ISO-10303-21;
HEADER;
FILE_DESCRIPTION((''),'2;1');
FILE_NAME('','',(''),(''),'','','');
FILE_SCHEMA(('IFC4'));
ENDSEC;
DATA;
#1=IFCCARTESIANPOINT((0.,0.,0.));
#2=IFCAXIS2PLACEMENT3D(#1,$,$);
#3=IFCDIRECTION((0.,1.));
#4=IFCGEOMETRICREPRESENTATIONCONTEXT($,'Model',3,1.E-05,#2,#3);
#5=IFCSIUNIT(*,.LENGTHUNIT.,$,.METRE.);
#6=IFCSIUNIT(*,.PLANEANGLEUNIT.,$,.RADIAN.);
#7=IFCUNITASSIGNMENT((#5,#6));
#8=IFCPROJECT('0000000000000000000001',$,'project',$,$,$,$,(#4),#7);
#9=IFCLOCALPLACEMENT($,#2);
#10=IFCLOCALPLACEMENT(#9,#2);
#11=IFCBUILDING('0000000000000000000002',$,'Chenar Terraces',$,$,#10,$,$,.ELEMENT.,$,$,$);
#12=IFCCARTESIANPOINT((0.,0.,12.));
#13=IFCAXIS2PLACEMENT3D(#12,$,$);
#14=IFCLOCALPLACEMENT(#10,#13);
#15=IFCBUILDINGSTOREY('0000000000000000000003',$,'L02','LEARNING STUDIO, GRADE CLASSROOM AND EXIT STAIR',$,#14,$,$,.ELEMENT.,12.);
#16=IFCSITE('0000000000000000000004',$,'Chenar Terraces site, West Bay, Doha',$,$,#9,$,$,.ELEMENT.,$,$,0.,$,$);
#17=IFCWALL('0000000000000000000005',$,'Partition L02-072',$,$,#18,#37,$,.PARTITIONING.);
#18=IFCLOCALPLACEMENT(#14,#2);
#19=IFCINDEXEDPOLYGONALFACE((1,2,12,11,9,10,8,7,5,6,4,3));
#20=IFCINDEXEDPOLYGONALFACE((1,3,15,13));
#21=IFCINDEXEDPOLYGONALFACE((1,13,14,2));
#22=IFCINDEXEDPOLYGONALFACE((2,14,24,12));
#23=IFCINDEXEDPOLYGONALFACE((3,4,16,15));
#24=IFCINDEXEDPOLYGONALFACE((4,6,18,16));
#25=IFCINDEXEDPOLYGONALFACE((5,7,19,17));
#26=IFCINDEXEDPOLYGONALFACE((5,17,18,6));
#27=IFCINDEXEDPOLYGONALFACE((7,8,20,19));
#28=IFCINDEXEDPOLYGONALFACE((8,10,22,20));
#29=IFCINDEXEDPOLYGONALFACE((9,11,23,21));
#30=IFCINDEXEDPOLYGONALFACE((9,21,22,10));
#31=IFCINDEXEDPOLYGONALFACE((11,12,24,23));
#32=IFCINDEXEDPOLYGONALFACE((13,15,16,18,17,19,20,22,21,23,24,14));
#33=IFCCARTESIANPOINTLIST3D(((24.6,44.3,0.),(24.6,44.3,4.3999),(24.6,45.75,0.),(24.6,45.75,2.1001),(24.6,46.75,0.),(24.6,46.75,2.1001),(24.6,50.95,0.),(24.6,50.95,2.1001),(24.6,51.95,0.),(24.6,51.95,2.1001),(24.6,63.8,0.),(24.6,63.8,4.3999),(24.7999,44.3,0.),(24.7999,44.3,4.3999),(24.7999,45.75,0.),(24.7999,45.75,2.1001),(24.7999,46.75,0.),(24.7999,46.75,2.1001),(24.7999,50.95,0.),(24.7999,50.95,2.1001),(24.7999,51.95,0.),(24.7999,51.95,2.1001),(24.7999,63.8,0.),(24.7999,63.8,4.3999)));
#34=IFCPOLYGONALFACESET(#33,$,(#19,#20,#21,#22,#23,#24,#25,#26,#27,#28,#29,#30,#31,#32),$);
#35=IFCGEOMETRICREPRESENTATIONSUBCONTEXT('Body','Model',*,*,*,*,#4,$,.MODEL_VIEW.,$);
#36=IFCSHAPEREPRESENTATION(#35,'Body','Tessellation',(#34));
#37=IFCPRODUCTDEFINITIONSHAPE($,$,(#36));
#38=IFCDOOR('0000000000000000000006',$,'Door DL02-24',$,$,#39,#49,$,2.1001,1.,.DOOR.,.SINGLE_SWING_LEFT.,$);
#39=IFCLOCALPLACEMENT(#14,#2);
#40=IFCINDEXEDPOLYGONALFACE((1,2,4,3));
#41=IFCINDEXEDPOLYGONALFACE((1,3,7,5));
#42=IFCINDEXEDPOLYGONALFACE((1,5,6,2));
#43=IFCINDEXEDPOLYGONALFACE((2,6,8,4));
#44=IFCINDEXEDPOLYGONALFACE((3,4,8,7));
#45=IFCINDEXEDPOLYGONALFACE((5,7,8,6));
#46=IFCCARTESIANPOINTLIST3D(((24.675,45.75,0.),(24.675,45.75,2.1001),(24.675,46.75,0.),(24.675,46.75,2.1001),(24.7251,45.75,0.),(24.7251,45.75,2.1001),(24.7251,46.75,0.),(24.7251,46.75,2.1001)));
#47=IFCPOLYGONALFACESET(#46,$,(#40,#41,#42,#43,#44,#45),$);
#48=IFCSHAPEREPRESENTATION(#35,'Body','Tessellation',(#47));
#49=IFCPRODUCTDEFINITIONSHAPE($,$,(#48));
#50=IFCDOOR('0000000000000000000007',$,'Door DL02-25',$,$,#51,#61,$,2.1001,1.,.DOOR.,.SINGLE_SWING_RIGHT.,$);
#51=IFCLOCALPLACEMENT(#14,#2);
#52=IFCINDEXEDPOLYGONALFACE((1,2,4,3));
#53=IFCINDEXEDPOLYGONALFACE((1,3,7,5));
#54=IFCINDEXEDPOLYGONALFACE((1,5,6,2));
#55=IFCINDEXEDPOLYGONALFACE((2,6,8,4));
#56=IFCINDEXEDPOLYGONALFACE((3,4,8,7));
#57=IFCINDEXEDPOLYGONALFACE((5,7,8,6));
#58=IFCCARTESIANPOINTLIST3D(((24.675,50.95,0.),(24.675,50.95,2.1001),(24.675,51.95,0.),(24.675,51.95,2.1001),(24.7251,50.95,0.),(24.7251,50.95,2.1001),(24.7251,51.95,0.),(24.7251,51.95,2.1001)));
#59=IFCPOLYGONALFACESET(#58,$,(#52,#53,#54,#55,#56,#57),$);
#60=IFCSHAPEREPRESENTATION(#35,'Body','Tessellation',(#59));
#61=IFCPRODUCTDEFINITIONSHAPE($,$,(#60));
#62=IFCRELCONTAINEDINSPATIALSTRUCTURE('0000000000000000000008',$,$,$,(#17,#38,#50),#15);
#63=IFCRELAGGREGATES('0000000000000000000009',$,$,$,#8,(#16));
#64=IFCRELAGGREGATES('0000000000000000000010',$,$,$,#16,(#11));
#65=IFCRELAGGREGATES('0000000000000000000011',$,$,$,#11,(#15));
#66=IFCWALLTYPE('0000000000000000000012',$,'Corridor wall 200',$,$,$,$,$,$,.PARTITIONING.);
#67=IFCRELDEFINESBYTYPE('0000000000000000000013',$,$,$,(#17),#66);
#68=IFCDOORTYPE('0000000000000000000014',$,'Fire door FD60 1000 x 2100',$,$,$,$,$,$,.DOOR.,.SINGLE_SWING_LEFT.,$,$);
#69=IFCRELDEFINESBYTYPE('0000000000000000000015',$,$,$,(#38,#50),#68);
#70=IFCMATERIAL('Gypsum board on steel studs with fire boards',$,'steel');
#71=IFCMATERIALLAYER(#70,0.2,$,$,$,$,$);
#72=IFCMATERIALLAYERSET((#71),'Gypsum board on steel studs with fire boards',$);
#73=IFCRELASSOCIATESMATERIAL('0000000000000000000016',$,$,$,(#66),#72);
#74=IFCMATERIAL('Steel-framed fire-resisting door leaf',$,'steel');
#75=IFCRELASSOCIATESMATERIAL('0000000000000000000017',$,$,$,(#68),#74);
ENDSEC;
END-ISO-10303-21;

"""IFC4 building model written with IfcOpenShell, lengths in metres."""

from ifc_helpers import new_model, si_unit, direction, frame, frame_2d, origin, place, context, subcontext, project, spatial, rectangle, extrude, material, layer, layer_set, type_object, element, fill, save


model = new_model("IFC4")

# Units and contexts
model_context = context("Model", 3, precision=1e-05, world=origin(), true_north=direction((0.0, 1.0)))
body_context = subcontext(model_context, "Body", "Model", "MODEL_VIEW")
ifc_project = project(units=[si_unit("LENGTHUNIT", "METRE"), si_unit("PLANEANGLEUNIT", "RADIAN")], contexts=[model_context])

# Site, building, storey
site_placement = place(None, origin())
site = spatial("IfcSite", under=ifc_project, at=site_placement, Name="Chenar Terraces site, West Bay, Doha", CompositionType="ELEMENT", RefElevation=0.0)
building_placement = place(site_placement, origin())
building = spatial("IfcBuilding", under=site, at=building_placement, Name="Chenar Terraces", CompositionType="ELEMENT")
storey_placement = place(building_placement, frame((0.0, 0.0, 12.0)))
storey = spatial("IfcBuildingStorey", under=building, at=storey_placement, Name="L02", Description="LEARNING STUDIO, GRADE CLASSROOM AND EXIT STAIR", CompositionType="ELEMENT", Elevation=12.0)

# Wall, openings, doors
ifc_material_1 = material(Name="Gypsum board on steel studs with fire boards", Category="steel")
ifc_layer_1 = layer(ifc_material_1, 0.2)
ifc_layer_set_1 = layer_set([ifc_layer_1], Name="Gypsum board on steel studs with fire boards")
wall_type_1 = type_object("IfcWallType", Name="Corridor wall 200", PredefinedType="PARTITIONING", material=ifc_layer_set_1)
wall_1_placement = place(storey_placement, frame((24.7, 44.3, 0.0), z_axis=(0.0, 0.0, 1.0), x_axis=(0.0, 1.0, 0.0)))
wall_1 = element("IfcWall", 1, at=wall_1_placement, inside=storey, type_object=wall_type_1, Name="Partition L02-072", PredefinedType="PARTITIONING", context=body_context, shape_type="SweptSolid", body=[
    extrude(rectangle(XDim=19.5, YDim=0.2, at=frame_2d((9.75, 0.0))), origin(), (0.0, 0.0, 1.0), 4.3999),
])
opening_1_placement = place(wall_1_placement, frame((1.45, 0.0, 0.0)))
opening_1 = element("IfcOpeningElement", 2, at=opening_1_placement, cuts=wall_1, PredefinedType="OPENING", context=body_context, shape_type="SweptSolid", body=[
    extrude(rectangle(XDim=1.0, YDim=2.1001, at=frame_2d((0.5, 1.05))), frame((0.0, 0.1099, 0.0), z_axis=(0.0, -1.0, 0.0), x_axis=(1.0, 0.0, 0.0)), (0.0, 0.0, 1.0), 0.22),
])
opening_2_placement = place(wall_1_placement, frame((6.6499, 0.0, 0.0)))
opening_2 = element("IfcOpeningElement", 3, at=opening_2_placement, cuts=wall_1, PredefinedType="OPENING", context=body_context, shape_type="SweptSolid", body=[
    extrude(rectangle(XDim=1.0, YDim=2.1001, at=frame_2d((0.5, 1.05))), frame((0.0, 0.1099, 0.0), z_axis=(0.0, -1.0, 0.0), x_axis=(1.0, 0.0, 0.0)), (0.0, 0.0, 1.0), 0.22),
])
ifc_material_2 = material(Name="Steel-framed fire-resisting door leaf", Category="steel")
door_type_1 = type_object("IfcDoorType", Name="Fire door FD60 1000 x 2100", OperationType="SINGLE_SWING_LEFT", PredefinedType="DOOR", material=ifc_material_2)
door_1_placement = place(opening_1_placement, origin())
door_1 = element("IfcDoor", 4, at=door_1_placement, inside=storey, type_object=door_type_1, Name="Door DL02-24", OperationType="SINGLE_SWING_LEFT", OverallHeight=2.1001, OverallWidth=1.0, PredefinedType="DOOR", context=body_context, shape_type="SweptSolid", body=[
    extrude(rectangle(XDim=1.0, YDim=2.1001, at=frame_2d((0.5, 1.05))), frame((0.0, 0.0249, 0.0), z_axis=(0.0, -1.0, 0.0), x_axis=(1.0, 0.0, 0.0)), (0.0, 0.0, 1.0), 0.05),
])
fill(opening_1, door_1)
door_2_placement = place(opening_2_placement, origin())
door_2 = element("IfcDoor", 5, at=door_2_placement, inside=storey, type_object=door_type_1, Name="Door DL02-25", OperationType="SINGLE_SWING_RIGHT", OverallHeight=2.1001, OverallWidth=1.0, PredefinedType="DOOR", context=body_context, shape_type="SweptSolid", body=[
    extrude(rectangle(XDim=1.0, YDim=2.1001, at=frame_2d((0.5, 1.05))), frame((0.0, 0.0249, 0.0), z_axis=(0.0, -1.0, 0.0), x_axis=(1.0, 0.0, 0.0)), (0.0, 0.0, 1.0), 0.05),
])
fill(opening_2, door_2)

save(model, "model.ifc")
